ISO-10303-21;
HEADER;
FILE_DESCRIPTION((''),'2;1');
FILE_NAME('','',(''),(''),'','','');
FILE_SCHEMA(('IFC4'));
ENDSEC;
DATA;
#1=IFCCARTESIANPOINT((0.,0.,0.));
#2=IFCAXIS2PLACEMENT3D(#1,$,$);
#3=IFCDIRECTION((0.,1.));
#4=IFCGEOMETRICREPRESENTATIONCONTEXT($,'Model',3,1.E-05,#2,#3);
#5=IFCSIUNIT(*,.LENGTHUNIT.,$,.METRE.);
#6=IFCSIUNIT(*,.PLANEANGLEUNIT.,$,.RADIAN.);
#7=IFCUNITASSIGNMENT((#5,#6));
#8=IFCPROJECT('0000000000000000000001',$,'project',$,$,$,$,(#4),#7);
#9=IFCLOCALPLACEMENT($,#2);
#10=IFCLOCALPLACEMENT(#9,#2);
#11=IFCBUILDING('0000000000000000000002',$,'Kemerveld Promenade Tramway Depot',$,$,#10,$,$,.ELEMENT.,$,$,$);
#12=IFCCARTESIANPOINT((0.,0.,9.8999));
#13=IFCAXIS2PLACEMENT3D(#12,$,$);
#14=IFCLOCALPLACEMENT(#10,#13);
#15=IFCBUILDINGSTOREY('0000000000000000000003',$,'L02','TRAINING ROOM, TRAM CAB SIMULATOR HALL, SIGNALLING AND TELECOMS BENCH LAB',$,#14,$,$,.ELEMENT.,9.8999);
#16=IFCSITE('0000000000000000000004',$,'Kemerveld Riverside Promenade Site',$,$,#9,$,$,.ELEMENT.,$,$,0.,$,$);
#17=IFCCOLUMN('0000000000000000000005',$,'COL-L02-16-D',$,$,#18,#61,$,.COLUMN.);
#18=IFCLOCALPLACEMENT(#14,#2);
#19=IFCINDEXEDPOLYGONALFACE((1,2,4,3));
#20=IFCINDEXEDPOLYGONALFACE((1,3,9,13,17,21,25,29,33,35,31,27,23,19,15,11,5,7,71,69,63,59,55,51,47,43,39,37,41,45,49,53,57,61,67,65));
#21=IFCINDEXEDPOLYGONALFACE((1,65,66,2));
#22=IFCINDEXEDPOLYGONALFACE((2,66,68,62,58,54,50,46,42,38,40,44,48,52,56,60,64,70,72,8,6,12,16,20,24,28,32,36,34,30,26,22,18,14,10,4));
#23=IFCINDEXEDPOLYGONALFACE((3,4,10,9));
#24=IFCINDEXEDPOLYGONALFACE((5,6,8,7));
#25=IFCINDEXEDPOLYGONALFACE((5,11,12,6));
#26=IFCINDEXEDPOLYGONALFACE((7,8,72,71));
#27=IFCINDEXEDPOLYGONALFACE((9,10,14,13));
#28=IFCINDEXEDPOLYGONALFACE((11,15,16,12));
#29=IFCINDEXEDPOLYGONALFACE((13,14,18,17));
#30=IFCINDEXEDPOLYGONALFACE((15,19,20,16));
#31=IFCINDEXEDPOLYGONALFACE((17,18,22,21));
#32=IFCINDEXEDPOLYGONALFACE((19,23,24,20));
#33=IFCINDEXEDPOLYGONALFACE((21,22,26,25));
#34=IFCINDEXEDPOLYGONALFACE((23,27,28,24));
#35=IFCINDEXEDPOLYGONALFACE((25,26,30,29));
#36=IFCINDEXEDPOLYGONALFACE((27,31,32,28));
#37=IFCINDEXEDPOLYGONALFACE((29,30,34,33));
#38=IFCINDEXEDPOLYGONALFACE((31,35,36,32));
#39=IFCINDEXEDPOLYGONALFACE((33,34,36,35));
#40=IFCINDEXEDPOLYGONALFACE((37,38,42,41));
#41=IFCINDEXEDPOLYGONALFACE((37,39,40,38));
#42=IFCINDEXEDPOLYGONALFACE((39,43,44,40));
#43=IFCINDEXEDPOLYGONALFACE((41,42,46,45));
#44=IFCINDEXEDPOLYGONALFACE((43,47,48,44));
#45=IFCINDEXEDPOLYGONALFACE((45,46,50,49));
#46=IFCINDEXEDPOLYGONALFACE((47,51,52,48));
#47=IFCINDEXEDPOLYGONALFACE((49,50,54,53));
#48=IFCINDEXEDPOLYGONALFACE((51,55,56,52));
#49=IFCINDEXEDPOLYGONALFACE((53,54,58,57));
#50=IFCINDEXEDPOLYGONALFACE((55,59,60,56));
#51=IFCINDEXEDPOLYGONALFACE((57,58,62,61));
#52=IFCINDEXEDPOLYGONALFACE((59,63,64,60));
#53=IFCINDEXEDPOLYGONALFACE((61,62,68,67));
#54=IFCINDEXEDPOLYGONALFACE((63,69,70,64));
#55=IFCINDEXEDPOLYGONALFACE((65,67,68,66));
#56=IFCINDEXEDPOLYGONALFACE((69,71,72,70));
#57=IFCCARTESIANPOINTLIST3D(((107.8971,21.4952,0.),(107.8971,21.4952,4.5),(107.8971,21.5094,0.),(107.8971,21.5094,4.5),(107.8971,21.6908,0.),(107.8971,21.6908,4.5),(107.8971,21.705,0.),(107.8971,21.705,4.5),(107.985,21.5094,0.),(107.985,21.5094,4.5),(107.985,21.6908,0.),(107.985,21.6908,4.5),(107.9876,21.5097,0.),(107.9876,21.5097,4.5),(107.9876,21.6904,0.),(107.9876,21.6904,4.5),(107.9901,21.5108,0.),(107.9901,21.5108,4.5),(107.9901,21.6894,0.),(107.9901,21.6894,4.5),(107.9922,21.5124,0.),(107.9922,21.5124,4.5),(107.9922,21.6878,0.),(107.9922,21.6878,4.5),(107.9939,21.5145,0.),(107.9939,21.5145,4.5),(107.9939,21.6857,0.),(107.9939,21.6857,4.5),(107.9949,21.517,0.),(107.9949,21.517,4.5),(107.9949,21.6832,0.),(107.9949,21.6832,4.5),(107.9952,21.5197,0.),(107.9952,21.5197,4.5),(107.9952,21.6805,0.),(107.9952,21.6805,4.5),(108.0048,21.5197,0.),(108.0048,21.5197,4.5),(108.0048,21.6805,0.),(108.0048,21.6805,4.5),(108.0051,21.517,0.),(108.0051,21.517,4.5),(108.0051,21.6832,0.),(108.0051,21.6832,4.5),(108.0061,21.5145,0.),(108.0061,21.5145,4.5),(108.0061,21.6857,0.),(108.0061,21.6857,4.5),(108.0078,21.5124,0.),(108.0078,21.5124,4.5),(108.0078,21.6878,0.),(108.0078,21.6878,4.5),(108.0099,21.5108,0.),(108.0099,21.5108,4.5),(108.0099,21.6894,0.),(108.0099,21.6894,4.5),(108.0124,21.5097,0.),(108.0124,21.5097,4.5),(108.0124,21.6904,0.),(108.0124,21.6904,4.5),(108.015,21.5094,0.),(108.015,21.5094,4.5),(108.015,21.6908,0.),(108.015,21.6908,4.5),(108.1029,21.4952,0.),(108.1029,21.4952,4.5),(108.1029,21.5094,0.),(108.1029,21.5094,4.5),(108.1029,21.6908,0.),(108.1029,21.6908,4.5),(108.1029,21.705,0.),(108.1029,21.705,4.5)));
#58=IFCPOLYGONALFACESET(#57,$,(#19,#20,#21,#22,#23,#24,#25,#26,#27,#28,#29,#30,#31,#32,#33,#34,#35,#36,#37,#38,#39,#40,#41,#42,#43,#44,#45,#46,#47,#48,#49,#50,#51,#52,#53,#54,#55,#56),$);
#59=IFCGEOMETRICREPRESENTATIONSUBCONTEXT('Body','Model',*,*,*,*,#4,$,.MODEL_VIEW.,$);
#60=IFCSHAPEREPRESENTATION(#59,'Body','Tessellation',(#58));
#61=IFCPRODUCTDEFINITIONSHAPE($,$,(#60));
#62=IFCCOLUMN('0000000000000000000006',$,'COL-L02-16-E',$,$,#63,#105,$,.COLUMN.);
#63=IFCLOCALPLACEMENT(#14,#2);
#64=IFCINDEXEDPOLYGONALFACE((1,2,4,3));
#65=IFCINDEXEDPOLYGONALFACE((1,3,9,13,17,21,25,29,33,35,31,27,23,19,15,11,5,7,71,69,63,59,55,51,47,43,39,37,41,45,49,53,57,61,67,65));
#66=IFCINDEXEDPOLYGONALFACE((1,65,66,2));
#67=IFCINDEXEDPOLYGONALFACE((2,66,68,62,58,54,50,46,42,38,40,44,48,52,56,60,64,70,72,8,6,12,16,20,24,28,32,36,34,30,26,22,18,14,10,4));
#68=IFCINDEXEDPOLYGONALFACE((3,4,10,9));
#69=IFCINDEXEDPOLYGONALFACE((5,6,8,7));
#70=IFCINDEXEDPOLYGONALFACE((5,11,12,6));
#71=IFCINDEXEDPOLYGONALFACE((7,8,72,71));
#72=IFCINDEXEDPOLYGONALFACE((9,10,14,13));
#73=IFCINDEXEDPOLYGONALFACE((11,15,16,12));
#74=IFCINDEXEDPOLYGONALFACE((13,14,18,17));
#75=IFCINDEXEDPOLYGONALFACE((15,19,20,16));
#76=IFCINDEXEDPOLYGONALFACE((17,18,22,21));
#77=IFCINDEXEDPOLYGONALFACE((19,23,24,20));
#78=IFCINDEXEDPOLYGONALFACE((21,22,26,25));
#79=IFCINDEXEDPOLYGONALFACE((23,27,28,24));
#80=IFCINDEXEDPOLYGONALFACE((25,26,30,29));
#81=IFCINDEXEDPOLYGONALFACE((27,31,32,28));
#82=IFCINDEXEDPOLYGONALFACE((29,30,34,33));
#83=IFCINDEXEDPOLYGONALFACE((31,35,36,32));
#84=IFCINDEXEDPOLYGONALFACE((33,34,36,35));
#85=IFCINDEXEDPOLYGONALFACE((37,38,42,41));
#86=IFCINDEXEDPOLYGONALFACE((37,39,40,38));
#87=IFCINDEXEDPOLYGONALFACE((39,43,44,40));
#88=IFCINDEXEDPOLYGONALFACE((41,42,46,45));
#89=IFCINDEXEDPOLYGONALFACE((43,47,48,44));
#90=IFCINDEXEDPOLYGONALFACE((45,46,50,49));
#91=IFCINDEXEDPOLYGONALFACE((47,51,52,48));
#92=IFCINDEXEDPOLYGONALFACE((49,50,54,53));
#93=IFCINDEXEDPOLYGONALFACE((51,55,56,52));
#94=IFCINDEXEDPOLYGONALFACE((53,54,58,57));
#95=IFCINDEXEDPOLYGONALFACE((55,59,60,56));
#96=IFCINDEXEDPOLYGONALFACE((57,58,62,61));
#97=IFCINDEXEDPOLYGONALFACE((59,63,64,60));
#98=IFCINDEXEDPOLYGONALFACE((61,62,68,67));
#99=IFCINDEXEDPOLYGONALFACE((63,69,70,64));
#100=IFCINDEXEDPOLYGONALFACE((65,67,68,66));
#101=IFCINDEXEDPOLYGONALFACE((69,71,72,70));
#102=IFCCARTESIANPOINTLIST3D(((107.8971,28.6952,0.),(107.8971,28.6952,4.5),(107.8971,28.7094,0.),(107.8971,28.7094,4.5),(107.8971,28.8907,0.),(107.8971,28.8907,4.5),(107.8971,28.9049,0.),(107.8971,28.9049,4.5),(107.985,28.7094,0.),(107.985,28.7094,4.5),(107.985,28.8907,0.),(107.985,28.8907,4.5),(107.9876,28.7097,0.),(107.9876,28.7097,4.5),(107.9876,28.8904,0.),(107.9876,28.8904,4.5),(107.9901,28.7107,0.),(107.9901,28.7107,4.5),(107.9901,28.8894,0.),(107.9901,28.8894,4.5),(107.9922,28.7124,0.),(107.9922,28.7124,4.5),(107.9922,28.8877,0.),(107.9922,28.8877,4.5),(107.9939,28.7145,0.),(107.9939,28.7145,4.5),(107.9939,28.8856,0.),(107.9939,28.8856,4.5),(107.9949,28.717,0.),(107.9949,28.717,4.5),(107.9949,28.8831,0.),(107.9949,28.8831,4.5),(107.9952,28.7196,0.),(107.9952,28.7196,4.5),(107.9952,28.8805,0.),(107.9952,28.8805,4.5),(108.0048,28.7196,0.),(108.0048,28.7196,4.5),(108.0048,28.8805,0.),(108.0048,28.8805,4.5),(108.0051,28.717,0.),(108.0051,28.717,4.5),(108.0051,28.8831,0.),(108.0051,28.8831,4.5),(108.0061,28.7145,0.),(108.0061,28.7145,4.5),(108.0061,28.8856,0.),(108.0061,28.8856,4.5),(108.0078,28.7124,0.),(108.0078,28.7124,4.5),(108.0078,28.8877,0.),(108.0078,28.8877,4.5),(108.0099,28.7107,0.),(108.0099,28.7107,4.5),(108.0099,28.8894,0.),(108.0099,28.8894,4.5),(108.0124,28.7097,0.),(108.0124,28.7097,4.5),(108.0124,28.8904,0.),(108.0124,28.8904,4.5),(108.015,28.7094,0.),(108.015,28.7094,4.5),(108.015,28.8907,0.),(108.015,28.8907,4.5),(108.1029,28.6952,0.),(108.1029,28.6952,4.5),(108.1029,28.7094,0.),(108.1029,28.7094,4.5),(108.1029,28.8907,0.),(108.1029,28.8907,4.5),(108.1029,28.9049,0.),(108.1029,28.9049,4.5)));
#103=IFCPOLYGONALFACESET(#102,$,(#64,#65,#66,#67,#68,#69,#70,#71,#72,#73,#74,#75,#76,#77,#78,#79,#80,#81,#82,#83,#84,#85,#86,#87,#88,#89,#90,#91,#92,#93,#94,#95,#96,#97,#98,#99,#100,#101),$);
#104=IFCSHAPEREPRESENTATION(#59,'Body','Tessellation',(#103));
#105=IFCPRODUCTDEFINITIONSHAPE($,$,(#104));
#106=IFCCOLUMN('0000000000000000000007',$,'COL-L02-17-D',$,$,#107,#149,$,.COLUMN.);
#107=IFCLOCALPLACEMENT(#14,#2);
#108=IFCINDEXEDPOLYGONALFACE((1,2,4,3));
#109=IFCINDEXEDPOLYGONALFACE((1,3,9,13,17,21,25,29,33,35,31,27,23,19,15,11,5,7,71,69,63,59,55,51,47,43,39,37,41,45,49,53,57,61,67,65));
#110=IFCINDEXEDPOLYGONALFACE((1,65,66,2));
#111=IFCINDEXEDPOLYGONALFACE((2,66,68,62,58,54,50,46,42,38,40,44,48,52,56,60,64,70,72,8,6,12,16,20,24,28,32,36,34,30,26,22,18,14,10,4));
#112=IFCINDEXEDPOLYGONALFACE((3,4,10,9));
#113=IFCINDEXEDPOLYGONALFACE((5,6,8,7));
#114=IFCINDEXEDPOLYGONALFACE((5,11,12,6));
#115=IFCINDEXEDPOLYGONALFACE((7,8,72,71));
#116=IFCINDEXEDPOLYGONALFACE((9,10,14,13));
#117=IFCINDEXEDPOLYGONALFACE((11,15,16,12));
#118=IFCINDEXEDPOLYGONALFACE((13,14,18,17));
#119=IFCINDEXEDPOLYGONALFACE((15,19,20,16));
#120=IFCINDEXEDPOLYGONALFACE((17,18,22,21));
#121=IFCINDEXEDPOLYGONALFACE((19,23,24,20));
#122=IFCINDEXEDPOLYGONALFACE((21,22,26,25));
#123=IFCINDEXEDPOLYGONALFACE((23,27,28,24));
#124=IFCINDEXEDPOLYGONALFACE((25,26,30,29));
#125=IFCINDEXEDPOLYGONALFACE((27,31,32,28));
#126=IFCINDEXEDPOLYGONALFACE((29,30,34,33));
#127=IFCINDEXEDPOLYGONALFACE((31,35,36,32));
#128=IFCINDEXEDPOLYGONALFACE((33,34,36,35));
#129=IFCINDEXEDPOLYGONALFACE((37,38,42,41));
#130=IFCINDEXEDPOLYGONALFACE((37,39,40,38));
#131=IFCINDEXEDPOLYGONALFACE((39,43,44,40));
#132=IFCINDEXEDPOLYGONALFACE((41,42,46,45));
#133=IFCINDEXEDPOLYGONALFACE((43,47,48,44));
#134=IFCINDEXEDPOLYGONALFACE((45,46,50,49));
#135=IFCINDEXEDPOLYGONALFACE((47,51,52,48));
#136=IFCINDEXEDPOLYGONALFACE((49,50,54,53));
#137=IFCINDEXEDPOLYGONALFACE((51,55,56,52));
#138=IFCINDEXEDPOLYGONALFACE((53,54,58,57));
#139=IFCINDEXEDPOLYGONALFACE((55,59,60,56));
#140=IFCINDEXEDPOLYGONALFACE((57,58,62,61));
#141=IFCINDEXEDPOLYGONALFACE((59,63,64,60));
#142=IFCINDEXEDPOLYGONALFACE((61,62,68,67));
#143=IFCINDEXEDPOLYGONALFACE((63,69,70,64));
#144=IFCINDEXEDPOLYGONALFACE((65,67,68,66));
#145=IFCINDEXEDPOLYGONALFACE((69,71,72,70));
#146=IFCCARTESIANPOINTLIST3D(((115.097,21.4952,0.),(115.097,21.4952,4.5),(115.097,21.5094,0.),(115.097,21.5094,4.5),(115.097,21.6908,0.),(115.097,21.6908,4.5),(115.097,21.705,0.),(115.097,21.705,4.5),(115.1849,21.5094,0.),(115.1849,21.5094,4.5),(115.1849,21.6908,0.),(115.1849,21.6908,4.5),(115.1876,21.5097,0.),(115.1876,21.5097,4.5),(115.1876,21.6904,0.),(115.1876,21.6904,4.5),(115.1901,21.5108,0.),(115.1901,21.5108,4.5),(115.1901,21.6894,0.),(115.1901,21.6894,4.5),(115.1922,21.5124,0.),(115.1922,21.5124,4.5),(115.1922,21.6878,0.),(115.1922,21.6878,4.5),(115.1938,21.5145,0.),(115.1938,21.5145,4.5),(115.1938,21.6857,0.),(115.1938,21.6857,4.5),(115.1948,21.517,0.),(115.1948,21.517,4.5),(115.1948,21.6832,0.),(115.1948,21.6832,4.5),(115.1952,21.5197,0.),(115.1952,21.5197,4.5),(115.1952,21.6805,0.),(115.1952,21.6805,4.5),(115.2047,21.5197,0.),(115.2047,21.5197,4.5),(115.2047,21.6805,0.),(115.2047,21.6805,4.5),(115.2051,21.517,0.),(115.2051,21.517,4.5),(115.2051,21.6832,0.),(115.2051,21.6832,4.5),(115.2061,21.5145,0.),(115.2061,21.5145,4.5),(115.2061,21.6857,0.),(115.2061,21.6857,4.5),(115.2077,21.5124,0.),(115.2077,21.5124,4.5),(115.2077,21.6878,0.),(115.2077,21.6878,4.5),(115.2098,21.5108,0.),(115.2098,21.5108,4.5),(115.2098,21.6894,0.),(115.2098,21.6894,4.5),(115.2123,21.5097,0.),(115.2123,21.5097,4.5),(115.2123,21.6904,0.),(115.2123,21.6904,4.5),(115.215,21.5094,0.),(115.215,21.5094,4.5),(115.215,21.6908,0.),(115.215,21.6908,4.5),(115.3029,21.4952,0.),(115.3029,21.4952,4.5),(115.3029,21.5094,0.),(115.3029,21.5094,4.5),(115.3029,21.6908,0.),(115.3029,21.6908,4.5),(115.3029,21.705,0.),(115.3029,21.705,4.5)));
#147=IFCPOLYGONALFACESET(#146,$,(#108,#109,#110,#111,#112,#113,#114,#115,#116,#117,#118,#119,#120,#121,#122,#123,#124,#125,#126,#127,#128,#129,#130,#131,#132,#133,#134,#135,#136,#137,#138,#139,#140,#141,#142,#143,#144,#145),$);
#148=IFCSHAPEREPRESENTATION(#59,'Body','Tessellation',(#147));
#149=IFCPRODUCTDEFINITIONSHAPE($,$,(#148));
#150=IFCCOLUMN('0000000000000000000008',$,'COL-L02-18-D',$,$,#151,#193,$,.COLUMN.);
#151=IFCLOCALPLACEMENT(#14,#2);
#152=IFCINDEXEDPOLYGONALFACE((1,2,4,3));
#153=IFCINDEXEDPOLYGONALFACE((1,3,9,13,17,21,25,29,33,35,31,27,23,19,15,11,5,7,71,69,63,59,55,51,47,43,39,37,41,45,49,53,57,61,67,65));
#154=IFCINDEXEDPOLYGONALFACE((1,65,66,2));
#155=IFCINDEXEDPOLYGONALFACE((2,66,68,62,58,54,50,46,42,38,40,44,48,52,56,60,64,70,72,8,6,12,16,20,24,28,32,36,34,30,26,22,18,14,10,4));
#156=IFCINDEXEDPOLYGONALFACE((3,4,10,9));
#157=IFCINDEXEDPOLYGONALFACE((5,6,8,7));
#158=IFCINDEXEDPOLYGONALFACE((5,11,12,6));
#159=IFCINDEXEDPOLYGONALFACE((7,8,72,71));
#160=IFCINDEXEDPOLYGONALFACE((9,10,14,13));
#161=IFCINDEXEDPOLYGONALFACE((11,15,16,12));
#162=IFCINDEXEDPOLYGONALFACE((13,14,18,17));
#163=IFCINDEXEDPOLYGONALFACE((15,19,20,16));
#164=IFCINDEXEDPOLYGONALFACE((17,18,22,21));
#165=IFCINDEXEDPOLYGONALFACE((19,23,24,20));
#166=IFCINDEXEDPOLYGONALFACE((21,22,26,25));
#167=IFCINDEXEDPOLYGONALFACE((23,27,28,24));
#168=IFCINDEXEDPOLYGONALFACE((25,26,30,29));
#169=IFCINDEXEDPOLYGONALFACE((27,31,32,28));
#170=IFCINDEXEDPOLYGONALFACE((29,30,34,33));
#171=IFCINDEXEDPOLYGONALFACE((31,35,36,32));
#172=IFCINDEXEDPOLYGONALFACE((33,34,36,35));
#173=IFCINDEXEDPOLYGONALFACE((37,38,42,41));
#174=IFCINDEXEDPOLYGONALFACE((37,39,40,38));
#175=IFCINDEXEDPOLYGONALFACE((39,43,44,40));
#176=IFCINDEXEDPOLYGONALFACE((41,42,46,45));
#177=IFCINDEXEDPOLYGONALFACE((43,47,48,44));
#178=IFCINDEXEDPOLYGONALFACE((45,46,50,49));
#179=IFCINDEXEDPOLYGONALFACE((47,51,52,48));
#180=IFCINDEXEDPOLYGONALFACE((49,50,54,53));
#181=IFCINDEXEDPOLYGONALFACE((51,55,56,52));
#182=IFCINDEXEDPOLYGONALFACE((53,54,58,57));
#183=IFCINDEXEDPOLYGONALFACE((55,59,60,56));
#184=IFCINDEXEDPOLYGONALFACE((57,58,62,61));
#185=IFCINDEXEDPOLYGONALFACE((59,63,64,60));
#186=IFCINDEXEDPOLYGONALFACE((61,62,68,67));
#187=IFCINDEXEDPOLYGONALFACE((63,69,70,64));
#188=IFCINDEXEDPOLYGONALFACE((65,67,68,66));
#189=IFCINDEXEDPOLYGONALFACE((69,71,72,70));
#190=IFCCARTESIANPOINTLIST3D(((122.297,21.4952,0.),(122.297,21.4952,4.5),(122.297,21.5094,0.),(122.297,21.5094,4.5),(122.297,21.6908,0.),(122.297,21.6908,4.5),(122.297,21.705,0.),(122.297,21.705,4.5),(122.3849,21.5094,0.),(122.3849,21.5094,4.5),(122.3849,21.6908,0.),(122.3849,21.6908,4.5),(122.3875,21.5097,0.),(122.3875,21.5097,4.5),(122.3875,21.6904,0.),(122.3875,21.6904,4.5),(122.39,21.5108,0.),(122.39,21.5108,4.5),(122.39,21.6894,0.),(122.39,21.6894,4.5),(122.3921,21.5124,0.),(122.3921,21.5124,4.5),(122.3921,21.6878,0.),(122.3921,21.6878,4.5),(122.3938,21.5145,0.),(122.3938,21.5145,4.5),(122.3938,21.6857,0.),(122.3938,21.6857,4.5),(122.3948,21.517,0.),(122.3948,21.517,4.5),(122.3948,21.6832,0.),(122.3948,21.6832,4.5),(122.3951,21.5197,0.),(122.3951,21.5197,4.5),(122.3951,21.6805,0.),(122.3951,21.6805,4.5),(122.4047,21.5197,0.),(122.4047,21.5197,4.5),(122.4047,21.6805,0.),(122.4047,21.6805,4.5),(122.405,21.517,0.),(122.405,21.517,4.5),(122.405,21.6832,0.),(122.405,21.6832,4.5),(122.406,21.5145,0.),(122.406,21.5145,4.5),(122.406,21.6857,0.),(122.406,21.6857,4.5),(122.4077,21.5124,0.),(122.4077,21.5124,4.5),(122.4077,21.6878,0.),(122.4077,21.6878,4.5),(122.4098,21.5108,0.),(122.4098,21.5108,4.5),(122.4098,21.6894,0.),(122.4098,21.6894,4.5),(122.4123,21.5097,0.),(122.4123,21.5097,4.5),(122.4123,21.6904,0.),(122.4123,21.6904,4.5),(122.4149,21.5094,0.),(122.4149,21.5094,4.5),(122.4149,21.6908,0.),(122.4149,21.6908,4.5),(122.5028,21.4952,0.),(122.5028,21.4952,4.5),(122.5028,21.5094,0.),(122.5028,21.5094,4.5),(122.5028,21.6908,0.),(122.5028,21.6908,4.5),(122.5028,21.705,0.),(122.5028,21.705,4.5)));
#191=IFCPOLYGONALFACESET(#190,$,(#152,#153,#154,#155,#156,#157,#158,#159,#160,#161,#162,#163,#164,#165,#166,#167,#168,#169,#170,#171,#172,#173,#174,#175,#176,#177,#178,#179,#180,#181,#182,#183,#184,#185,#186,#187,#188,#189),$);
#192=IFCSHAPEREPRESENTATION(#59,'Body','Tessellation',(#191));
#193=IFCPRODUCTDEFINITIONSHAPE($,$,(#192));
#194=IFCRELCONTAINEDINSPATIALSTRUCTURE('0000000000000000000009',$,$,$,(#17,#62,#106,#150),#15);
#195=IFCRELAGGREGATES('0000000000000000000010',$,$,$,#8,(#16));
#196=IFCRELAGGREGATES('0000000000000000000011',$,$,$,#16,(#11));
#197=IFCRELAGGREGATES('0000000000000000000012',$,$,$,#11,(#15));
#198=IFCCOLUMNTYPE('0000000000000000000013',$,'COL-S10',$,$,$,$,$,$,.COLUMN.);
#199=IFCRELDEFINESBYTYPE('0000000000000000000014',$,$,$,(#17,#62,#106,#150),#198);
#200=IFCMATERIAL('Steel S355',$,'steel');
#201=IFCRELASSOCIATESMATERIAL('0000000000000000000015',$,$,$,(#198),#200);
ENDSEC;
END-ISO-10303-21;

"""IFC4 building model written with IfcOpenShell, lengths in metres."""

from ifc_helpers import new_model, si_unit, direction, frame, origin, origin_2d, place, context, subcontext, project, spatial, i_section, extrude, material, material_profile, profile_set, type_object, element, save


model = new_model("IFC4")

# Units and contexts
model_context = context("Model", 3, precision=1e-05, world=origin(), true_north=direction((0.0, 1.0)))
body_context = subcontext(model_context, "Body", "Model", "MODEL_VIEW")
ifc_project = project(units=[si_unit("LENGTHUNIT", "METRE"), si_unit("PLANEANGLEUNIT", "RADIAN")], contexts=[model_context])

# Site, building, storey
site_placement = place(None, origin())
site = spatial("IfcSite", under=ifc_project, at=site_placement, Name="Kemerveld Riverside Promenade Site", CompositionType="ELEMENT", RefElevation=0.0)
building_placement = place(site_placement, origin())
building = spatial("IfcBuilding", under=site, at=building_placement, Name="Kemerveld Promenade Tramway Depot", CompositionType="ELEMENT")
storey_placement = place(building_placement, frame((0.0, 0.0, 9.8999)))
storey = spatial("IfcBuildingStorey", under=building, at=storey_placement, Name="L02", Description="TRAINING ROOM, TRAM CAB SIMULATOR HALL, SIGNALLING AND TELECOMS BENCH LAB", CompositionType="ELEMENT", Elevation=9.8999)

# Columns
ifc_material_1 = material(Name="Steel S355", Category="steel")
ifc_material_profile_1 = material_profile(ifc_material_1, i_section(OverallWidth=0.2058, OverallDepth=0.2097, WebThickness=0.0095, FlangeThickness=0.0142, FilletRadius=0.0103, at=origin_2d()), Name="203x203x60 UC")
ifc_profile_set_1 = profile_set([ifc_material_profile_1], Name="Steel S355")
column_type = type_object("IfcColumnType", Name="COL-S10", PredefinedType="COLUMN", material=ifc_profile_set_1)
for number, where, z_axis, x_axis, name in (
    (1, (108.0, 21.6001, 0.0), (0.0, 0.0, 1.0), (1.0, 0.0, 0.0), "COL-L02-16-D"),
    (2, (108.0, 28.8, 0.0), (0.0, 0.0, 1.0), (1.0, 0.0, 0.0), "COL-L02-16-E"),
    (3, (115.2, 21.6001, 0.0), (0.0, 0.0, 1.0), (1.0, 0.0, 0.0), "COL-L02-17-D"),
    (4, (122.3999, 21.6001, 0.0), (0.0, 0.0, 1.0), (1.0, 0.0, 0.0), "COL-L02-18-D"),
):
    element("IfcColumn", number, at=place(storey_placement, frame(where, z_axis=z_axis, x_axis=x_axis)), inside=storey, type_object=column_type, Name=name, PredefinedType="COLUMN", context=body_context, shape_type="SweptSolid", body=[
        extrude(i_section(OverallWidth=0.2058, OverallDepth=0.2097, WebThickness=0.0095, FlangeThickness=0.0142, FilletRadius=0.0103, at=origin_2d()), origin(), (0.0, 0.0, 1.0), 4.5),
    ])

save(model, "model.ifc")
